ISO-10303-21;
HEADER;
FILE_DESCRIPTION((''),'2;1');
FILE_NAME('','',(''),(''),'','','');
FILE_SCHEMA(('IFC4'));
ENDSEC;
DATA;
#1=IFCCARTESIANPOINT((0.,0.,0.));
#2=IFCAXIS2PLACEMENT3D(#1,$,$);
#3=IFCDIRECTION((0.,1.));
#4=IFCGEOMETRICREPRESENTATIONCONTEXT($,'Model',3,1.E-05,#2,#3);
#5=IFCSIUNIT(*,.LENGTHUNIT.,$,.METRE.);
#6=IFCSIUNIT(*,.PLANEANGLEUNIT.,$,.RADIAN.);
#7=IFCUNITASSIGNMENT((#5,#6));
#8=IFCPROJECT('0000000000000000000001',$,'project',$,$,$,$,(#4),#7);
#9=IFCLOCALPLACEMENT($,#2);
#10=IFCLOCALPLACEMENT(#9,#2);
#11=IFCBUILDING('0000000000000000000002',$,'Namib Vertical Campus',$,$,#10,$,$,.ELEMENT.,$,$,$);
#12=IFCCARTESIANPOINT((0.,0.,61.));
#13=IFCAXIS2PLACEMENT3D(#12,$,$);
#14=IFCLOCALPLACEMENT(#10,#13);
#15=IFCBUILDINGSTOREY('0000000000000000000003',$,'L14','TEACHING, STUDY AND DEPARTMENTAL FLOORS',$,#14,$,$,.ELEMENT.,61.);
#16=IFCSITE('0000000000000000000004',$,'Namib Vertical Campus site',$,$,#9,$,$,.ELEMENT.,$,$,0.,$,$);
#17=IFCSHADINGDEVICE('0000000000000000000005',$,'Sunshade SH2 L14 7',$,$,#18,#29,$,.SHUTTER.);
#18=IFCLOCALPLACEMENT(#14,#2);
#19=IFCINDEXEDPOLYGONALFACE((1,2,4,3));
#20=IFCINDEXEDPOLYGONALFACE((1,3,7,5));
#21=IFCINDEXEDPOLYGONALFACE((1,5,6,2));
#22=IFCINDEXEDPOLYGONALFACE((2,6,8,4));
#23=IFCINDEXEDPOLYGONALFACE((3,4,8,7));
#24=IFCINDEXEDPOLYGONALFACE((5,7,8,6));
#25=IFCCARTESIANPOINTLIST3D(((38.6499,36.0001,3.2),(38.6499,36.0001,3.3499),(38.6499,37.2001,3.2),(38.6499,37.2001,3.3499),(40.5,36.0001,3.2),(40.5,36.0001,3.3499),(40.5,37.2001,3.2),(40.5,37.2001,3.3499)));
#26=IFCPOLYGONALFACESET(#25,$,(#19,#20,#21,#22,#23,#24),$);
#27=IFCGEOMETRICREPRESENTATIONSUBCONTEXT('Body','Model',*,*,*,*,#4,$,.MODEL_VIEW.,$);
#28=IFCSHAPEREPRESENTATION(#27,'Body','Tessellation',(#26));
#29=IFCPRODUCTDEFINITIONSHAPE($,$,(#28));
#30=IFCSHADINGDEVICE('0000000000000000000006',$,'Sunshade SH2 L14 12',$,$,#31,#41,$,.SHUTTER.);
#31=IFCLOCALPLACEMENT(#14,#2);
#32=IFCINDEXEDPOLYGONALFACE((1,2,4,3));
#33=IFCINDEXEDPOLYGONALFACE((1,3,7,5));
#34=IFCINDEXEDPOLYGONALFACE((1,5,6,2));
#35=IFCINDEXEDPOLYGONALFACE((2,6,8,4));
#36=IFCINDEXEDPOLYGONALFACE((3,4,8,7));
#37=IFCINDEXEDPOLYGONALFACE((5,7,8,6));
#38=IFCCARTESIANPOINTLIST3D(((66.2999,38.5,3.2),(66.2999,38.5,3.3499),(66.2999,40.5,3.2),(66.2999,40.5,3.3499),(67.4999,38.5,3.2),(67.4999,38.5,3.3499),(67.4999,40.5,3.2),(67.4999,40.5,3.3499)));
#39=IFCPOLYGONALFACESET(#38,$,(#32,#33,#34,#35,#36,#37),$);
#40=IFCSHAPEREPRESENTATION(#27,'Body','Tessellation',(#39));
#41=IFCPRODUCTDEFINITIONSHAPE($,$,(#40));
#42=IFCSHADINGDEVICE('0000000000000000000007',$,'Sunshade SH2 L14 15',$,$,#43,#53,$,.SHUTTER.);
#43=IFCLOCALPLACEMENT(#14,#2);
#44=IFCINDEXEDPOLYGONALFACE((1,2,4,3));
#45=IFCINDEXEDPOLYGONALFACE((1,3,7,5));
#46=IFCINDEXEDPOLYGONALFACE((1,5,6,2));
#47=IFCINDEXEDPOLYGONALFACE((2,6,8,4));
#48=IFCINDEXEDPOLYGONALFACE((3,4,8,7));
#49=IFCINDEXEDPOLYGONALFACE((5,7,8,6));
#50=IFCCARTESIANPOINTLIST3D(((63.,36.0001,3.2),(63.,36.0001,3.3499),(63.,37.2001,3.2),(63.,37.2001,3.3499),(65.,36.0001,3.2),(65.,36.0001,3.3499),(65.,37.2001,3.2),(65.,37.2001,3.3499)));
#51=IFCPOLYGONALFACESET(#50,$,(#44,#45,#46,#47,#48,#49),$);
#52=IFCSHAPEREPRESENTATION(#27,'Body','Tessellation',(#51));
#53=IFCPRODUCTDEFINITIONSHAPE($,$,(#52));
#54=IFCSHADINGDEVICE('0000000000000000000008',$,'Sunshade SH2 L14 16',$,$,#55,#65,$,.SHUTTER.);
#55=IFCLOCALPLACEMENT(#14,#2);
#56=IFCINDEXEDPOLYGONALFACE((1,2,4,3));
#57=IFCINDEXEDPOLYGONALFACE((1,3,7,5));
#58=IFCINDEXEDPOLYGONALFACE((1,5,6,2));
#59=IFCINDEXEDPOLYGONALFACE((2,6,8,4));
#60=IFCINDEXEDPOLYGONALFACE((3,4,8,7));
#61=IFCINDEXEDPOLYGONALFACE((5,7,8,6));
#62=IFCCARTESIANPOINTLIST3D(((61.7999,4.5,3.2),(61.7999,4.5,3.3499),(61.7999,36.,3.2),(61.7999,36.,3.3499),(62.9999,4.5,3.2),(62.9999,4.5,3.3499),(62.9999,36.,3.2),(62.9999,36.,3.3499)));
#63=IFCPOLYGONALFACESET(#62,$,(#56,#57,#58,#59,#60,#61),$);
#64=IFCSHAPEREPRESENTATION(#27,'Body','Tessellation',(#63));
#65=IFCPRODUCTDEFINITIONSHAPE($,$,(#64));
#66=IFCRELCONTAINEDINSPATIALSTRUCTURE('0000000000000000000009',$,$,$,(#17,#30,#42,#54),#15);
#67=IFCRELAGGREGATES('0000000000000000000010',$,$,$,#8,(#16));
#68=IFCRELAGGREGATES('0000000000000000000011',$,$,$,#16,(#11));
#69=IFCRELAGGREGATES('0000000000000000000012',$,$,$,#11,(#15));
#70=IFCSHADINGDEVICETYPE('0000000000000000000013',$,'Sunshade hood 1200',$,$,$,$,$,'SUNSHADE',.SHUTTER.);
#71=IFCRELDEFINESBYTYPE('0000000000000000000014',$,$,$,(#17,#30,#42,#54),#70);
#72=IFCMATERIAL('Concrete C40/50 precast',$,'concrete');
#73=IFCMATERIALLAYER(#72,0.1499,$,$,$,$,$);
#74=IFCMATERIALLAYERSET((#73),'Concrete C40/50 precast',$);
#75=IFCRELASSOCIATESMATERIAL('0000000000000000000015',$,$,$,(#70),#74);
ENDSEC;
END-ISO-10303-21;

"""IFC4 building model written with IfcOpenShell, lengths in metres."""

from ifc_helpers import new_model, si_unit, direction, frame, origin, origin_2d, place, context, subcontext, project, spatial, rectangle, extrude, material, layer, layer_set, type_object, element, save


model = new_model("IFC4")

# Units and contexts
model_context = context("Model", 3, precision=1e-05, world=origin(), true_north=direction((0.0, 1.0)))
body_context = subcontext(model_context, "Body", "Model", "MODEL_VIEW")
ifc_project = project(units=[si_unit("LENGTHUNIT", "METRE"), si_unit("PLANEANGLEUNIT", "RADIAN")], contexts=[model_context])

# Site, building, storey
site_placement = place(None, origin())
site = spatial("IfcSite", under=ifc_project, at=site_placement, Name="Namib Vertical Campus site", CompositionType="ELEMENT", RefElevation=0.0)
building_placement = place(site_placement, origin())
building = spatial("IfcBuilding", under=site, at=building_placement, Name="Namib Vertical Campus", CompositionType="ELEMENT")
storey_placement = place(building_placement, frame((0.0, 0.0, 61.0)))
storey = spatial("IfcBuildingStorey", under=building, at=storey_placement, Name="L14", Description="TEACHING, STUDY AND DEPARTMENTAL FLOORS", CompositionType="ELEMENT", Elevation=61.0)

# Shading devices
ifc_material_1 = material(Name="Concrete C40/50 precast", Category="concrete")
ifc_layer_1 = layer(ifc_material_1, 0.1499)
ifc_layer_set_1 = layer_set([ifc_layer_1], Name="Concrete C40/50 precast")
shading_device_type = type_object("IfcShadingDeviceType", Name="Sunshade hood 1200", ElementType="SUNSHADE", PredefinedType="SHUTTER", material=ifc_layer_set_1)
shading_device_1_placement = place(storey_placement, frame((39.575, 36.6001, 3.2), z_axis=(0.0, 0.0, 1.0), x_axis=(-1.0, 0.0, 0.0)))
element("IfcShadingDevice", 1, at=shading_device_1_placement, inside=storey, type_object=shading_device_type, Name="Sunshade SH2 L14 7", PredefinedType="SHUTTER", context=body_context, shape_type="SweptSolid", body=[
    extrude(rectangle(XDim=1.8501, YDim=1.2, at=origin_2d()), origin(), (0.0, 0.0, 1.0), 0.1499),
])
for number, where, z_axis, x_axis, name in (
    (2, (66.8999, 39.5, 3.2), (0.0, 0.0, 1.0), (0.0, -1.0, 0.0), "Sunshade SH2 L14 12"),
    (3, (64.0, 36.6001, 3.2), (0.0, 0.0, 1.0), (-1.0, 0.0, 0.0), "Sunshade SH2 L14 15"),
):
    element("IfcShadingDevice", number, at=place(storey_placement, frame(where, z_axis=z_axis, x_axis=x_axis)), inside=storey, type_object=shading_device_type, Name=name, PredefinedType="SHUTTER", context=body_context, shape_type="SweptSolid", body=[
        extrude(rectangle(XDim=2.0, YDim=1.2, at=origin_2d()), origin(), (0.0, 0.0, 1.0), 0.1499),
    ])
shading_device_2_placement = place(storey_placement, frame((62.3999, 20.25, 3.2), z_axis=(0.0, 0.0, 1.0), x_axis=(0.0, -1.0, 0.0)))
element("IfcShadingDevice", 4, at=shading_device_2_placement, inside=storey, type_object=shading_device_type, Name="Sunshade SH2 L14 16", PredefinedType="SHUTTER", context=body_context, shape_type="SweptSolid", body=[
    extrude(rectangle(XDim=31.5, YDim=1.2, at=origin_2d()), origin(), (0.0, 0.0, 1.0), 0.1499),
])

save(model, "model.ifc")
